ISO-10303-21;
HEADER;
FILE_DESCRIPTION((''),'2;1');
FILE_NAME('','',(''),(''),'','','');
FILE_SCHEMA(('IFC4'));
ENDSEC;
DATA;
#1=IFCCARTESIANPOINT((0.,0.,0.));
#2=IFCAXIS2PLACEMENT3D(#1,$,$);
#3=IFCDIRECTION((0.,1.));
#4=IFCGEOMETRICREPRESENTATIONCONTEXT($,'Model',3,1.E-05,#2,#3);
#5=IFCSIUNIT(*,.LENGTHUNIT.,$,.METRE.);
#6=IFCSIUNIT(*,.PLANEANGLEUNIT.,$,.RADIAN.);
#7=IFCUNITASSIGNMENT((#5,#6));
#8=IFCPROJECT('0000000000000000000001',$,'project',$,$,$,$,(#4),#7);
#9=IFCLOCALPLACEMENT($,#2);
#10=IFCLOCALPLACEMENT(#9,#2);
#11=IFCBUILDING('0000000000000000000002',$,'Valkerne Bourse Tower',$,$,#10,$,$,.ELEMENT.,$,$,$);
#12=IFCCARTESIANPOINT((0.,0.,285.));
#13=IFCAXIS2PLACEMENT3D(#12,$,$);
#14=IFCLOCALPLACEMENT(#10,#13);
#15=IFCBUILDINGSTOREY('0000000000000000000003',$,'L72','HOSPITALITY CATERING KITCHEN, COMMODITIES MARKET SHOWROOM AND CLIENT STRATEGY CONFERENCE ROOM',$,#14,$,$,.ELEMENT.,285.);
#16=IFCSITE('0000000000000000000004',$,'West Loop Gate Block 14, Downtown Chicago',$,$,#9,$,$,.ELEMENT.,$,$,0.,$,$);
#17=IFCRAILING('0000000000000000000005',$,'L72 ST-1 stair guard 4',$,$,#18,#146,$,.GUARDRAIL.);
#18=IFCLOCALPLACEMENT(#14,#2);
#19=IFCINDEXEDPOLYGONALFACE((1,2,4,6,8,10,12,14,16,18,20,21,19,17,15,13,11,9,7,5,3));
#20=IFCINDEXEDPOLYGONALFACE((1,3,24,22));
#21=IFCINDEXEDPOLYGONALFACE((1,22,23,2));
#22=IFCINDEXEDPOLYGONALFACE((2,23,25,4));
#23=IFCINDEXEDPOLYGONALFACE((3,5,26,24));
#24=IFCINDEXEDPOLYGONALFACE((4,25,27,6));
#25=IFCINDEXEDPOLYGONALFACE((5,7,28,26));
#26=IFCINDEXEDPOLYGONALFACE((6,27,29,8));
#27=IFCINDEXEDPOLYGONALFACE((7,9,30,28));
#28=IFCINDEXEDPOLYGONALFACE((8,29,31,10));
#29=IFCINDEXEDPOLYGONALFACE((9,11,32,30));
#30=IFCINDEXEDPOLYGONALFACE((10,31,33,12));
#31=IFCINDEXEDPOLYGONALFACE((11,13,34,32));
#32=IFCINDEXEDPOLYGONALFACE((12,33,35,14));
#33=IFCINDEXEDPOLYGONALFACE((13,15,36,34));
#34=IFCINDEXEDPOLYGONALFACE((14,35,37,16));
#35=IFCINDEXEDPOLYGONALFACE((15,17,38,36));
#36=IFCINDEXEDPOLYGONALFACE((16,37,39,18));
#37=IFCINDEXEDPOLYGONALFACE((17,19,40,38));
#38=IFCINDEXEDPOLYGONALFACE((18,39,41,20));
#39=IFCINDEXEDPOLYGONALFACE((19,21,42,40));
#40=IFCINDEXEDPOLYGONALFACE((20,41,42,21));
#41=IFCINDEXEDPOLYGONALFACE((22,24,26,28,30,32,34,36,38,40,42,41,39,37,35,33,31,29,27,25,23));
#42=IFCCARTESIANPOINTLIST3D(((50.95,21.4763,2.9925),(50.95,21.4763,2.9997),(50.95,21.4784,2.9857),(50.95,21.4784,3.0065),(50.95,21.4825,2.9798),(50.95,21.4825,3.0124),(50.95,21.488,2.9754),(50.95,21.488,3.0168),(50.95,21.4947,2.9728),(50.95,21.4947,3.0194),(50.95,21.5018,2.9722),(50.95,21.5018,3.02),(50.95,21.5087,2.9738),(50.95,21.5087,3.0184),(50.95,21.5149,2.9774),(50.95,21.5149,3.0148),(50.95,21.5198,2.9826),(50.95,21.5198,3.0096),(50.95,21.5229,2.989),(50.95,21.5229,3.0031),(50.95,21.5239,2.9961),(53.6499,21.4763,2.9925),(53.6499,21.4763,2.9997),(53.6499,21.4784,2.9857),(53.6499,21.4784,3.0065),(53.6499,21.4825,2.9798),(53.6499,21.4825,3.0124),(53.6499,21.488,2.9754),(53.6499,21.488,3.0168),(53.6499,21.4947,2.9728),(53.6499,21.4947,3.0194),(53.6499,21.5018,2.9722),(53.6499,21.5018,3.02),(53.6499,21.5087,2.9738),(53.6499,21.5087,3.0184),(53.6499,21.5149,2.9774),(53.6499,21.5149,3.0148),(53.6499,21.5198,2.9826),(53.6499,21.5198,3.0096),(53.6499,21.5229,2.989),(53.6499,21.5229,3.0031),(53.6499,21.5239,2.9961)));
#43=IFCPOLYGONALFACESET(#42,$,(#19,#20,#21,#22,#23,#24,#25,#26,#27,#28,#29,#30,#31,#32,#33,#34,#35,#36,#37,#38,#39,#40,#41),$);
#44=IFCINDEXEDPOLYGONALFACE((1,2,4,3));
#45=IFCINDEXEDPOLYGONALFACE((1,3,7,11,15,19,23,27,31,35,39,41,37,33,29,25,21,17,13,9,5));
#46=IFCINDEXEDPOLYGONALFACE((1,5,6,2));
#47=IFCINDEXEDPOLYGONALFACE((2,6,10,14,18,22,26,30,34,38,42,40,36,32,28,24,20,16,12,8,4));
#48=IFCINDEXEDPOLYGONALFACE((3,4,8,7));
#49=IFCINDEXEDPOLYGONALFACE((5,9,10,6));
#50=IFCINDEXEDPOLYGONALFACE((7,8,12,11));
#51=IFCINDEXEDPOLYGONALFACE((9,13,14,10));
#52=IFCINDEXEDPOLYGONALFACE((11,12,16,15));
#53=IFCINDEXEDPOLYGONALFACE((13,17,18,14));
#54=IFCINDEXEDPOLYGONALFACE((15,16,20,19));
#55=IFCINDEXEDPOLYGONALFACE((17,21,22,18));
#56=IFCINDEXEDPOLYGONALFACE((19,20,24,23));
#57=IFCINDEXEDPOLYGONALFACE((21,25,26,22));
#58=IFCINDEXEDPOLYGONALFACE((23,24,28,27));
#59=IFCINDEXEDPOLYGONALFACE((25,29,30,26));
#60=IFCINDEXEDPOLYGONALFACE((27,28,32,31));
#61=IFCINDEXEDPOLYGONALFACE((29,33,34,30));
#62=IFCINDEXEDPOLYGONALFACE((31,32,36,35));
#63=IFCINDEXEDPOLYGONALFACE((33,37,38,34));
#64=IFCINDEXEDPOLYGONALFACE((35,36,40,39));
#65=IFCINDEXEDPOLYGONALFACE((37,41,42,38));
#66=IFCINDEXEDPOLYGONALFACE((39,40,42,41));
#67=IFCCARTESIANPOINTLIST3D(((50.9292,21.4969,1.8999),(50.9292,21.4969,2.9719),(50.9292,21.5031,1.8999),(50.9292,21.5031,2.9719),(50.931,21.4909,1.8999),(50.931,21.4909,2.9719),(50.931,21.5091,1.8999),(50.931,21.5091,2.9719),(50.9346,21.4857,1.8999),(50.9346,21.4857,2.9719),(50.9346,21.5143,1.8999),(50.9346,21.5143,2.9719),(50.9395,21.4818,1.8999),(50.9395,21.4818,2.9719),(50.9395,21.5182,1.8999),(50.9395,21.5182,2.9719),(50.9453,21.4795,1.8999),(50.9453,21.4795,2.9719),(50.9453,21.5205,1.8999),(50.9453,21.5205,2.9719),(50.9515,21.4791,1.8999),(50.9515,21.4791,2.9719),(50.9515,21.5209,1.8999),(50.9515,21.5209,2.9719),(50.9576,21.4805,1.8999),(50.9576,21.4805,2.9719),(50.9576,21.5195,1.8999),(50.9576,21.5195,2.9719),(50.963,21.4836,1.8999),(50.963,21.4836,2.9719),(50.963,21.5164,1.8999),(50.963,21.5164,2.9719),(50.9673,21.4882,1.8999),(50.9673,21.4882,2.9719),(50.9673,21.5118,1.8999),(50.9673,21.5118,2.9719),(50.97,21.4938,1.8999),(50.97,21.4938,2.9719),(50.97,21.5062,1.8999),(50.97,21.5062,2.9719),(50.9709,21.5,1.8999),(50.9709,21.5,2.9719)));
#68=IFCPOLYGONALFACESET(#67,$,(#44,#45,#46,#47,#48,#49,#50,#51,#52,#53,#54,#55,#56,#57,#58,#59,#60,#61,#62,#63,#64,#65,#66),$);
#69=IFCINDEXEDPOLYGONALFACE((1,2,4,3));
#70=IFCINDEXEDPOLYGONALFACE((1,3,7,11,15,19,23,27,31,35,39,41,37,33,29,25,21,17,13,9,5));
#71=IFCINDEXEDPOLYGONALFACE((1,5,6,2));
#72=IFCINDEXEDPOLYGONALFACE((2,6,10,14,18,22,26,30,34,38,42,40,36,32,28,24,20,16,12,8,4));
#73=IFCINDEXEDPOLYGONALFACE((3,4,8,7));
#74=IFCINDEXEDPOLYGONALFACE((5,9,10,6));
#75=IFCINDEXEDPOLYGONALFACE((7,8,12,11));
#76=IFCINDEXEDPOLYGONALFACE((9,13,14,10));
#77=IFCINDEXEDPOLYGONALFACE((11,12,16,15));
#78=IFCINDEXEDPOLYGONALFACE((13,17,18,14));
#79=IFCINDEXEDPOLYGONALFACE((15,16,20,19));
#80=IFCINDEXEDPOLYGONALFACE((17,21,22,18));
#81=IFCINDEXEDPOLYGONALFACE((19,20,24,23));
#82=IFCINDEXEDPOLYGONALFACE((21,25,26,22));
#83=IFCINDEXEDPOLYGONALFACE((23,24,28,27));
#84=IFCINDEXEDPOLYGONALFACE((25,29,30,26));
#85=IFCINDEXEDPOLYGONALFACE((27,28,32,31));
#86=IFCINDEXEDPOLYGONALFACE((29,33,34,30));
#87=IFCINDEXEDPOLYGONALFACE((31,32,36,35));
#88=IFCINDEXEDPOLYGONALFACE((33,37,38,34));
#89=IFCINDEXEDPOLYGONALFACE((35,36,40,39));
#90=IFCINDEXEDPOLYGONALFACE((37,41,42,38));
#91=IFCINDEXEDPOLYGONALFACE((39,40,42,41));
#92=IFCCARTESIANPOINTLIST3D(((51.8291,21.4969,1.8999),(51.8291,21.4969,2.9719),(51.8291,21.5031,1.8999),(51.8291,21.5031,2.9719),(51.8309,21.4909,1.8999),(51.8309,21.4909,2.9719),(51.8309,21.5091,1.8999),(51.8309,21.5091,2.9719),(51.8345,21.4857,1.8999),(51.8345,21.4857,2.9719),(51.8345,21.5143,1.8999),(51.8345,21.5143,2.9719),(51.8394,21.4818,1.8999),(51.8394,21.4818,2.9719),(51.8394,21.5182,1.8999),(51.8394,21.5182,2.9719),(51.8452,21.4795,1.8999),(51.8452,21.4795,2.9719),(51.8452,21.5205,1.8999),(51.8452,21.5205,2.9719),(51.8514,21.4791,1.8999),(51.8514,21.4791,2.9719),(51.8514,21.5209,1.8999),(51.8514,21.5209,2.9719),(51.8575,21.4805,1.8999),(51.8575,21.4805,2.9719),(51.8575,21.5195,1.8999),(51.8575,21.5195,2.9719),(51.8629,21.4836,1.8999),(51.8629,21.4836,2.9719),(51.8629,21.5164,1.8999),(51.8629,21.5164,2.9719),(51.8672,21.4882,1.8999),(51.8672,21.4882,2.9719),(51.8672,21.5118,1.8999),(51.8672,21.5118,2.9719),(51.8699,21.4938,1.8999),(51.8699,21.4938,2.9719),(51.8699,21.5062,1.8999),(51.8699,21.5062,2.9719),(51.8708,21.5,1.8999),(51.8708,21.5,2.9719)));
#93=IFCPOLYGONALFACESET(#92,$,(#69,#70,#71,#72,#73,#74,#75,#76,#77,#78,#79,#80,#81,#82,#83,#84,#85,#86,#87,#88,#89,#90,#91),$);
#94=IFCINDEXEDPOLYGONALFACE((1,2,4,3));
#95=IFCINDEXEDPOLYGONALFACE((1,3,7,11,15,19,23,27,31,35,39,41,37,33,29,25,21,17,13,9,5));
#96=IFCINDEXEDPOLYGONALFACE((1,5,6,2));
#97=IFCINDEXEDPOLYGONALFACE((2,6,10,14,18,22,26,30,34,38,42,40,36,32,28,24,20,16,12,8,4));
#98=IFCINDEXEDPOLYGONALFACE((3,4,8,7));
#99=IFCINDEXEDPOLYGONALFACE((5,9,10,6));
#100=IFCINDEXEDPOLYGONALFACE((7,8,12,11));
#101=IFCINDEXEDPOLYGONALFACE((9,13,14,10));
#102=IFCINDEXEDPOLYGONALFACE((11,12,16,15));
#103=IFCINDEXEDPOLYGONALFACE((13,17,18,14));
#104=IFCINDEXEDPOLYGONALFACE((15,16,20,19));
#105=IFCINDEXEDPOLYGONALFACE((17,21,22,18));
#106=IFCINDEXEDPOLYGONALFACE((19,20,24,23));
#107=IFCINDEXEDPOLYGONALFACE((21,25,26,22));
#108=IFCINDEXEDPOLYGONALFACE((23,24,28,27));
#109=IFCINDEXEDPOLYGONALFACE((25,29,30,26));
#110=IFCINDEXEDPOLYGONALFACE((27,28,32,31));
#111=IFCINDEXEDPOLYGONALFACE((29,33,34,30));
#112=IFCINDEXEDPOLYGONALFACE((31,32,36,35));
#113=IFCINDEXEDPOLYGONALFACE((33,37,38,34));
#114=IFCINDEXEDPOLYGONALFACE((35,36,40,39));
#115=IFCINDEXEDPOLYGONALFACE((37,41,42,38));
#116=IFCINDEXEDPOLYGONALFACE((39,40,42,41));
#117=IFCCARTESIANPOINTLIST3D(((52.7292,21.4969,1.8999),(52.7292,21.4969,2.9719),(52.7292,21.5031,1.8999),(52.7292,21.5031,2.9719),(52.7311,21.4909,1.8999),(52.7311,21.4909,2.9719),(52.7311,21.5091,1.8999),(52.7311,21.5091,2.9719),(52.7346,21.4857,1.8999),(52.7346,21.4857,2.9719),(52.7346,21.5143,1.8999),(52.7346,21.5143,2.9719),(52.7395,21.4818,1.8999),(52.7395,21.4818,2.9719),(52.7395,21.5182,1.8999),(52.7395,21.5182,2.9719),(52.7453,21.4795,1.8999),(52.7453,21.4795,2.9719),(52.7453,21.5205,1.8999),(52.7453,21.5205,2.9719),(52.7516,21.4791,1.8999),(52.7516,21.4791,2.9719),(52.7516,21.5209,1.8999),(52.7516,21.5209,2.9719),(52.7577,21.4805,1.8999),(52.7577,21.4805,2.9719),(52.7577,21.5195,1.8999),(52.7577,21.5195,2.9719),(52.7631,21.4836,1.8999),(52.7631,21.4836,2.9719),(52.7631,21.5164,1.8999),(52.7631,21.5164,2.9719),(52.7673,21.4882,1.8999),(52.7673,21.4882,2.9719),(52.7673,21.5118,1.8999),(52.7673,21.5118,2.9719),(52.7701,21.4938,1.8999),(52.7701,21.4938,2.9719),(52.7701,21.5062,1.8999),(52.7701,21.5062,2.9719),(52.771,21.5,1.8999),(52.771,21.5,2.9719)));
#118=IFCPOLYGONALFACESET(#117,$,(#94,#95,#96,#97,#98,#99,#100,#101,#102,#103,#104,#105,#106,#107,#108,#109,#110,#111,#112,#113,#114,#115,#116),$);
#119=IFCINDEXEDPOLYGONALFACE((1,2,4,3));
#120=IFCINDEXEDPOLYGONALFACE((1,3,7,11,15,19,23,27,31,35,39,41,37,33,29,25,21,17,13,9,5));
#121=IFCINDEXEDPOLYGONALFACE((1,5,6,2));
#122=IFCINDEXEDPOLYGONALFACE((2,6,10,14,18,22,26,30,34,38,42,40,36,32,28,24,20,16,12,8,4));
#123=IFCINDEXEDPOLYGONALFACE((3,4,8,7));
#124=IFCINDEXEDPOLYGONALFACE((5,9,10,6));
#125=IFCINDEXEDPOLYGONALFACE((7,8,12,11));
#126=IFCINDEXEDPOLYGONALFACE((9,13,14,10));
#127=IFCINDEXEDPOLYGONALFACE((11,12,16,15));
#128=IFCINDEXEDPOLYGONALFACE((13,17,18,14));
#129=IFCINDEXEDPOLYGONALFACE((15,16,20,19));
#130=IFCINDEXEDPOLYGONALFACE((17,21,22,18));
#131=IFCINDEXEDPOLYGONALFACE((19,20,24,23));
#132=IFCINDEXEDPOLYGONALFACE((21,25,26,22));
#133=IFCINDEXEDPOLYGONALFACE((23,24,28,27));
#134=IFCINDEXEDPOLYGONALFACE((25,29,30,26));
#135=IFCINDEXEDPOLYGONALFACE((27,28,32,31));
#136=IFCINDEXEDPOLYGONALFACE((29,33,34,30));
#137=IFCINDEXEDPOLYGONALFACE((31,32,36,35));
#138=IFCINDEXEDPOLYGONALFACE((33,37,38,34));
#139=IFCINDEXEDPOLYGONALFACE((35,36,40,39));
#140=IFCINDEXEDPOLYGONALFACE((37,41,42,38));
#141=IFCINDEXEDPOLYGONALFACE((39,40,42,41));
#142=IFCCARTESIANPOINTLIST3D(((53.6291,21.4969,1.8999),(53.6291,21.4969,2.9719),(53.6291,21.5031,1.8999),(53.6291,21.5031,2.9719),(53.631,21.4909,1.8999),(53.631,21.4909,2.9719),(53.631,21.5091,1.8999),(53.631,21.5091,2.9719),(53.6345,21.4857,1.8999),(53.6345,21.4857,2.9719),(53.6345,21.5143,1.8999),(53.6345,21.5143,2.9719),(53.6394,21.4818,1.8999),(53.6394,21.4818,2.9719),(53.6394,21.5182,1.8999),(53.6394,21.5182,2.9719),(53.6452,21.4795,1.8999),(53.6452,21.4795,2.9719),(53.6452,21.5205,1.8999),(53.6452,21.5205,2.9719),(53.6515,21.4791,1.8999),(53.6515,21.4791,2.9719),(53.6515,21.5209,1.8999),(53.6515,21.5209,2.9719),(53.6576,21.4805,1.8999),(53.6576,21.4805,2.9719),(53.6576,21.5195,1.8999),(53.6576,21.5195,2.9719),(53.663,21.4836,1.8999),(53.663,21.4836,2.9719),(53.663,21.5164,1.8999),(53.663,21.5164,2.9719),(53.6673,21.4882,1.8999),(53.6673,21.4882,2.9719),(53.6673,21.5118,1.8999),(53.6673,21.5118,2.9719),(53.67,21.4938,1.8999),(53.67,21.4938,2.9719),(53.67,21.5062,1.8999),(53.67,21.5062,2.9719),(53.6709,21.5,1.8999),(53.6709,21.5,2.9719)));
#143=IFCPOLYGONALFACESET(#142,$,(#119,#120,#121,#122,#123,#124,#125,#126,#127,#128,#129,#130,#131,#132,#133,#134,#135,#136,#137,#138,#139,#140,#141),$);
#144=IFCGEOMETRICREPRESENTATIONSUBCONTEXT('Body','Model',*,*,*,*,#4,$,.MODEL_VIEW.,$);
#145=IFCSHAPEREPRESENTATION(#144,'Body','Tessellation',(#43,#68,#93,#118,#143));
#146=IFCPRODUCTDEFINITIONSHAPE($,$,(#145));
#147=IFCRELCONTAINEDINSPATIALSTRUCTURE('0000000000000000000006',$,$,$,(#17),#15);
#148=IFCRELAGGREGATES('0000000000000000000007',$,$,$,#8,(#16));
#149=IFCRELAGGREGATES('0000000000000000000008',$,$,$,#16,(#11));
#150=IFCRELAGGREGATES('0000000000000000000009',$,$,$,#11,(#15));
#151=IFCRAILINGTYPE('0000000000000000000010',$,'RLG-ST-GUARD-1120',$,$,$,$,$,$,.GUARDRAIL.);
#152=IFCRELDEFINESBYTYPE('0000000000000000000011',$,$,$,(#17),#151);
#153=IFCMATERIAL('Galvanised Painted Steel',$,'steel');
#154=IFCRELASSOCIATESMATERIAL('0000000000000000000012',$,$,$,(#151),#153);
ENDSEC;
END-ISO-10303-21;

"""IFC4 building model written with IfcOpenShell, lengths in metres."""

from ifc_helpers import new_model, si_unit, direction, frame, origin, origin_2d, place, context, subcontext, project, spatial, circle, extrude, material, type_object, element, save


model = new_model("IFC4")

# Units and contexts
model_context = context("Model", 3, precision=1e-05, world=origin(), true_north=direction((0.0, 1.0)))
body_context = subcontext(model_context, "Body", "Model", "MODEL_VIEW")
ifc_project = project(units=[si_unit("LENGTHUNIT", "METRE"), si_unit("PLANEANGLEUNIT", "RADIAN")], contexts=[model_context])

# Site, building, storey
site_placement = place(None, origin())
site = spatial("IfcSite", under=ifc_project, at=site_placement, Name="West Loop Gate Block 14, Downtown Chicago", CompositionType="ELEMENT", RefElevation=0.0)
building_placement = place(site_placement, origin())
building = spatial("IfcBuilding", under=site, at=building_placement, Name="Valkerne Bourse Tower", CompositionType="ELEMENT")
storey_placement = place(building_placement, frame((0.0, 0.0, 285.0)))
storey = spatial("IfcBuildingStorey", under=building, at=storey_placement, Name="L72", Description="HOSPITALITY CATERING KITCHEN, COMMODITIES MARKET SHOWROOM AND CLIENT STRATEGY CONFERENCE ROOM", CompositionType="ELEMENT", Elevation=285.0)

# Shared definitions
ifc_material_1 = material(Name="Galvanised Painted Steel", Category="steel")

# Railing
railing_type_1 = type_object("IfcRailingType", Name="RLG-ST-GUARD-1120", PredefinedType="GUARDRAIL", material=ifc_material_1)
for number, where, name in (
    (1, (50.95, 21.5, 1.8999), "L72 ST-1 stair guard 4"),
):
    element("IfcRailing", number, at=place(storey_placement, frame(where)), inside=storey, type_object=railing_type_1, Name=name, PredefinedType="GUARDRAIL", context=body_context, shape_type="SweptSolid", body=[
        extrude(circle(Radius=0.0239, at=origin_2d()), frame((0.0, 0.0, 1.0962), z_axis=(1.0, 0.0, 0.0), x_axis=(0.0, 1.0, 0.0)), (0.0, 0.0, 1.0), 2.7),
        extrude(circle(Radius=0.021, at=origin_2d()), origin(), (0.0, 0.0, 1.0), 1.072),
        extrude(circle(Radius=0.021, at=origin_2d()), frame((0.8999, 0.0, 0.0)), (0.0, 0.0, 1.0), 1.072),
        extrude(circle(Radius=0.021, at=origin_2d()), frame((1.8, 0.0, 0.0)), (0.0, 0.0, 1.0), 1.072),
        extrude(circle(Radius=0.021, at=origin_2d()), frame((2.7, 0.0, 0.0)), (0.0, 0.0, 1.0), 1.072),
    ])

save(model, "model.ifc")
